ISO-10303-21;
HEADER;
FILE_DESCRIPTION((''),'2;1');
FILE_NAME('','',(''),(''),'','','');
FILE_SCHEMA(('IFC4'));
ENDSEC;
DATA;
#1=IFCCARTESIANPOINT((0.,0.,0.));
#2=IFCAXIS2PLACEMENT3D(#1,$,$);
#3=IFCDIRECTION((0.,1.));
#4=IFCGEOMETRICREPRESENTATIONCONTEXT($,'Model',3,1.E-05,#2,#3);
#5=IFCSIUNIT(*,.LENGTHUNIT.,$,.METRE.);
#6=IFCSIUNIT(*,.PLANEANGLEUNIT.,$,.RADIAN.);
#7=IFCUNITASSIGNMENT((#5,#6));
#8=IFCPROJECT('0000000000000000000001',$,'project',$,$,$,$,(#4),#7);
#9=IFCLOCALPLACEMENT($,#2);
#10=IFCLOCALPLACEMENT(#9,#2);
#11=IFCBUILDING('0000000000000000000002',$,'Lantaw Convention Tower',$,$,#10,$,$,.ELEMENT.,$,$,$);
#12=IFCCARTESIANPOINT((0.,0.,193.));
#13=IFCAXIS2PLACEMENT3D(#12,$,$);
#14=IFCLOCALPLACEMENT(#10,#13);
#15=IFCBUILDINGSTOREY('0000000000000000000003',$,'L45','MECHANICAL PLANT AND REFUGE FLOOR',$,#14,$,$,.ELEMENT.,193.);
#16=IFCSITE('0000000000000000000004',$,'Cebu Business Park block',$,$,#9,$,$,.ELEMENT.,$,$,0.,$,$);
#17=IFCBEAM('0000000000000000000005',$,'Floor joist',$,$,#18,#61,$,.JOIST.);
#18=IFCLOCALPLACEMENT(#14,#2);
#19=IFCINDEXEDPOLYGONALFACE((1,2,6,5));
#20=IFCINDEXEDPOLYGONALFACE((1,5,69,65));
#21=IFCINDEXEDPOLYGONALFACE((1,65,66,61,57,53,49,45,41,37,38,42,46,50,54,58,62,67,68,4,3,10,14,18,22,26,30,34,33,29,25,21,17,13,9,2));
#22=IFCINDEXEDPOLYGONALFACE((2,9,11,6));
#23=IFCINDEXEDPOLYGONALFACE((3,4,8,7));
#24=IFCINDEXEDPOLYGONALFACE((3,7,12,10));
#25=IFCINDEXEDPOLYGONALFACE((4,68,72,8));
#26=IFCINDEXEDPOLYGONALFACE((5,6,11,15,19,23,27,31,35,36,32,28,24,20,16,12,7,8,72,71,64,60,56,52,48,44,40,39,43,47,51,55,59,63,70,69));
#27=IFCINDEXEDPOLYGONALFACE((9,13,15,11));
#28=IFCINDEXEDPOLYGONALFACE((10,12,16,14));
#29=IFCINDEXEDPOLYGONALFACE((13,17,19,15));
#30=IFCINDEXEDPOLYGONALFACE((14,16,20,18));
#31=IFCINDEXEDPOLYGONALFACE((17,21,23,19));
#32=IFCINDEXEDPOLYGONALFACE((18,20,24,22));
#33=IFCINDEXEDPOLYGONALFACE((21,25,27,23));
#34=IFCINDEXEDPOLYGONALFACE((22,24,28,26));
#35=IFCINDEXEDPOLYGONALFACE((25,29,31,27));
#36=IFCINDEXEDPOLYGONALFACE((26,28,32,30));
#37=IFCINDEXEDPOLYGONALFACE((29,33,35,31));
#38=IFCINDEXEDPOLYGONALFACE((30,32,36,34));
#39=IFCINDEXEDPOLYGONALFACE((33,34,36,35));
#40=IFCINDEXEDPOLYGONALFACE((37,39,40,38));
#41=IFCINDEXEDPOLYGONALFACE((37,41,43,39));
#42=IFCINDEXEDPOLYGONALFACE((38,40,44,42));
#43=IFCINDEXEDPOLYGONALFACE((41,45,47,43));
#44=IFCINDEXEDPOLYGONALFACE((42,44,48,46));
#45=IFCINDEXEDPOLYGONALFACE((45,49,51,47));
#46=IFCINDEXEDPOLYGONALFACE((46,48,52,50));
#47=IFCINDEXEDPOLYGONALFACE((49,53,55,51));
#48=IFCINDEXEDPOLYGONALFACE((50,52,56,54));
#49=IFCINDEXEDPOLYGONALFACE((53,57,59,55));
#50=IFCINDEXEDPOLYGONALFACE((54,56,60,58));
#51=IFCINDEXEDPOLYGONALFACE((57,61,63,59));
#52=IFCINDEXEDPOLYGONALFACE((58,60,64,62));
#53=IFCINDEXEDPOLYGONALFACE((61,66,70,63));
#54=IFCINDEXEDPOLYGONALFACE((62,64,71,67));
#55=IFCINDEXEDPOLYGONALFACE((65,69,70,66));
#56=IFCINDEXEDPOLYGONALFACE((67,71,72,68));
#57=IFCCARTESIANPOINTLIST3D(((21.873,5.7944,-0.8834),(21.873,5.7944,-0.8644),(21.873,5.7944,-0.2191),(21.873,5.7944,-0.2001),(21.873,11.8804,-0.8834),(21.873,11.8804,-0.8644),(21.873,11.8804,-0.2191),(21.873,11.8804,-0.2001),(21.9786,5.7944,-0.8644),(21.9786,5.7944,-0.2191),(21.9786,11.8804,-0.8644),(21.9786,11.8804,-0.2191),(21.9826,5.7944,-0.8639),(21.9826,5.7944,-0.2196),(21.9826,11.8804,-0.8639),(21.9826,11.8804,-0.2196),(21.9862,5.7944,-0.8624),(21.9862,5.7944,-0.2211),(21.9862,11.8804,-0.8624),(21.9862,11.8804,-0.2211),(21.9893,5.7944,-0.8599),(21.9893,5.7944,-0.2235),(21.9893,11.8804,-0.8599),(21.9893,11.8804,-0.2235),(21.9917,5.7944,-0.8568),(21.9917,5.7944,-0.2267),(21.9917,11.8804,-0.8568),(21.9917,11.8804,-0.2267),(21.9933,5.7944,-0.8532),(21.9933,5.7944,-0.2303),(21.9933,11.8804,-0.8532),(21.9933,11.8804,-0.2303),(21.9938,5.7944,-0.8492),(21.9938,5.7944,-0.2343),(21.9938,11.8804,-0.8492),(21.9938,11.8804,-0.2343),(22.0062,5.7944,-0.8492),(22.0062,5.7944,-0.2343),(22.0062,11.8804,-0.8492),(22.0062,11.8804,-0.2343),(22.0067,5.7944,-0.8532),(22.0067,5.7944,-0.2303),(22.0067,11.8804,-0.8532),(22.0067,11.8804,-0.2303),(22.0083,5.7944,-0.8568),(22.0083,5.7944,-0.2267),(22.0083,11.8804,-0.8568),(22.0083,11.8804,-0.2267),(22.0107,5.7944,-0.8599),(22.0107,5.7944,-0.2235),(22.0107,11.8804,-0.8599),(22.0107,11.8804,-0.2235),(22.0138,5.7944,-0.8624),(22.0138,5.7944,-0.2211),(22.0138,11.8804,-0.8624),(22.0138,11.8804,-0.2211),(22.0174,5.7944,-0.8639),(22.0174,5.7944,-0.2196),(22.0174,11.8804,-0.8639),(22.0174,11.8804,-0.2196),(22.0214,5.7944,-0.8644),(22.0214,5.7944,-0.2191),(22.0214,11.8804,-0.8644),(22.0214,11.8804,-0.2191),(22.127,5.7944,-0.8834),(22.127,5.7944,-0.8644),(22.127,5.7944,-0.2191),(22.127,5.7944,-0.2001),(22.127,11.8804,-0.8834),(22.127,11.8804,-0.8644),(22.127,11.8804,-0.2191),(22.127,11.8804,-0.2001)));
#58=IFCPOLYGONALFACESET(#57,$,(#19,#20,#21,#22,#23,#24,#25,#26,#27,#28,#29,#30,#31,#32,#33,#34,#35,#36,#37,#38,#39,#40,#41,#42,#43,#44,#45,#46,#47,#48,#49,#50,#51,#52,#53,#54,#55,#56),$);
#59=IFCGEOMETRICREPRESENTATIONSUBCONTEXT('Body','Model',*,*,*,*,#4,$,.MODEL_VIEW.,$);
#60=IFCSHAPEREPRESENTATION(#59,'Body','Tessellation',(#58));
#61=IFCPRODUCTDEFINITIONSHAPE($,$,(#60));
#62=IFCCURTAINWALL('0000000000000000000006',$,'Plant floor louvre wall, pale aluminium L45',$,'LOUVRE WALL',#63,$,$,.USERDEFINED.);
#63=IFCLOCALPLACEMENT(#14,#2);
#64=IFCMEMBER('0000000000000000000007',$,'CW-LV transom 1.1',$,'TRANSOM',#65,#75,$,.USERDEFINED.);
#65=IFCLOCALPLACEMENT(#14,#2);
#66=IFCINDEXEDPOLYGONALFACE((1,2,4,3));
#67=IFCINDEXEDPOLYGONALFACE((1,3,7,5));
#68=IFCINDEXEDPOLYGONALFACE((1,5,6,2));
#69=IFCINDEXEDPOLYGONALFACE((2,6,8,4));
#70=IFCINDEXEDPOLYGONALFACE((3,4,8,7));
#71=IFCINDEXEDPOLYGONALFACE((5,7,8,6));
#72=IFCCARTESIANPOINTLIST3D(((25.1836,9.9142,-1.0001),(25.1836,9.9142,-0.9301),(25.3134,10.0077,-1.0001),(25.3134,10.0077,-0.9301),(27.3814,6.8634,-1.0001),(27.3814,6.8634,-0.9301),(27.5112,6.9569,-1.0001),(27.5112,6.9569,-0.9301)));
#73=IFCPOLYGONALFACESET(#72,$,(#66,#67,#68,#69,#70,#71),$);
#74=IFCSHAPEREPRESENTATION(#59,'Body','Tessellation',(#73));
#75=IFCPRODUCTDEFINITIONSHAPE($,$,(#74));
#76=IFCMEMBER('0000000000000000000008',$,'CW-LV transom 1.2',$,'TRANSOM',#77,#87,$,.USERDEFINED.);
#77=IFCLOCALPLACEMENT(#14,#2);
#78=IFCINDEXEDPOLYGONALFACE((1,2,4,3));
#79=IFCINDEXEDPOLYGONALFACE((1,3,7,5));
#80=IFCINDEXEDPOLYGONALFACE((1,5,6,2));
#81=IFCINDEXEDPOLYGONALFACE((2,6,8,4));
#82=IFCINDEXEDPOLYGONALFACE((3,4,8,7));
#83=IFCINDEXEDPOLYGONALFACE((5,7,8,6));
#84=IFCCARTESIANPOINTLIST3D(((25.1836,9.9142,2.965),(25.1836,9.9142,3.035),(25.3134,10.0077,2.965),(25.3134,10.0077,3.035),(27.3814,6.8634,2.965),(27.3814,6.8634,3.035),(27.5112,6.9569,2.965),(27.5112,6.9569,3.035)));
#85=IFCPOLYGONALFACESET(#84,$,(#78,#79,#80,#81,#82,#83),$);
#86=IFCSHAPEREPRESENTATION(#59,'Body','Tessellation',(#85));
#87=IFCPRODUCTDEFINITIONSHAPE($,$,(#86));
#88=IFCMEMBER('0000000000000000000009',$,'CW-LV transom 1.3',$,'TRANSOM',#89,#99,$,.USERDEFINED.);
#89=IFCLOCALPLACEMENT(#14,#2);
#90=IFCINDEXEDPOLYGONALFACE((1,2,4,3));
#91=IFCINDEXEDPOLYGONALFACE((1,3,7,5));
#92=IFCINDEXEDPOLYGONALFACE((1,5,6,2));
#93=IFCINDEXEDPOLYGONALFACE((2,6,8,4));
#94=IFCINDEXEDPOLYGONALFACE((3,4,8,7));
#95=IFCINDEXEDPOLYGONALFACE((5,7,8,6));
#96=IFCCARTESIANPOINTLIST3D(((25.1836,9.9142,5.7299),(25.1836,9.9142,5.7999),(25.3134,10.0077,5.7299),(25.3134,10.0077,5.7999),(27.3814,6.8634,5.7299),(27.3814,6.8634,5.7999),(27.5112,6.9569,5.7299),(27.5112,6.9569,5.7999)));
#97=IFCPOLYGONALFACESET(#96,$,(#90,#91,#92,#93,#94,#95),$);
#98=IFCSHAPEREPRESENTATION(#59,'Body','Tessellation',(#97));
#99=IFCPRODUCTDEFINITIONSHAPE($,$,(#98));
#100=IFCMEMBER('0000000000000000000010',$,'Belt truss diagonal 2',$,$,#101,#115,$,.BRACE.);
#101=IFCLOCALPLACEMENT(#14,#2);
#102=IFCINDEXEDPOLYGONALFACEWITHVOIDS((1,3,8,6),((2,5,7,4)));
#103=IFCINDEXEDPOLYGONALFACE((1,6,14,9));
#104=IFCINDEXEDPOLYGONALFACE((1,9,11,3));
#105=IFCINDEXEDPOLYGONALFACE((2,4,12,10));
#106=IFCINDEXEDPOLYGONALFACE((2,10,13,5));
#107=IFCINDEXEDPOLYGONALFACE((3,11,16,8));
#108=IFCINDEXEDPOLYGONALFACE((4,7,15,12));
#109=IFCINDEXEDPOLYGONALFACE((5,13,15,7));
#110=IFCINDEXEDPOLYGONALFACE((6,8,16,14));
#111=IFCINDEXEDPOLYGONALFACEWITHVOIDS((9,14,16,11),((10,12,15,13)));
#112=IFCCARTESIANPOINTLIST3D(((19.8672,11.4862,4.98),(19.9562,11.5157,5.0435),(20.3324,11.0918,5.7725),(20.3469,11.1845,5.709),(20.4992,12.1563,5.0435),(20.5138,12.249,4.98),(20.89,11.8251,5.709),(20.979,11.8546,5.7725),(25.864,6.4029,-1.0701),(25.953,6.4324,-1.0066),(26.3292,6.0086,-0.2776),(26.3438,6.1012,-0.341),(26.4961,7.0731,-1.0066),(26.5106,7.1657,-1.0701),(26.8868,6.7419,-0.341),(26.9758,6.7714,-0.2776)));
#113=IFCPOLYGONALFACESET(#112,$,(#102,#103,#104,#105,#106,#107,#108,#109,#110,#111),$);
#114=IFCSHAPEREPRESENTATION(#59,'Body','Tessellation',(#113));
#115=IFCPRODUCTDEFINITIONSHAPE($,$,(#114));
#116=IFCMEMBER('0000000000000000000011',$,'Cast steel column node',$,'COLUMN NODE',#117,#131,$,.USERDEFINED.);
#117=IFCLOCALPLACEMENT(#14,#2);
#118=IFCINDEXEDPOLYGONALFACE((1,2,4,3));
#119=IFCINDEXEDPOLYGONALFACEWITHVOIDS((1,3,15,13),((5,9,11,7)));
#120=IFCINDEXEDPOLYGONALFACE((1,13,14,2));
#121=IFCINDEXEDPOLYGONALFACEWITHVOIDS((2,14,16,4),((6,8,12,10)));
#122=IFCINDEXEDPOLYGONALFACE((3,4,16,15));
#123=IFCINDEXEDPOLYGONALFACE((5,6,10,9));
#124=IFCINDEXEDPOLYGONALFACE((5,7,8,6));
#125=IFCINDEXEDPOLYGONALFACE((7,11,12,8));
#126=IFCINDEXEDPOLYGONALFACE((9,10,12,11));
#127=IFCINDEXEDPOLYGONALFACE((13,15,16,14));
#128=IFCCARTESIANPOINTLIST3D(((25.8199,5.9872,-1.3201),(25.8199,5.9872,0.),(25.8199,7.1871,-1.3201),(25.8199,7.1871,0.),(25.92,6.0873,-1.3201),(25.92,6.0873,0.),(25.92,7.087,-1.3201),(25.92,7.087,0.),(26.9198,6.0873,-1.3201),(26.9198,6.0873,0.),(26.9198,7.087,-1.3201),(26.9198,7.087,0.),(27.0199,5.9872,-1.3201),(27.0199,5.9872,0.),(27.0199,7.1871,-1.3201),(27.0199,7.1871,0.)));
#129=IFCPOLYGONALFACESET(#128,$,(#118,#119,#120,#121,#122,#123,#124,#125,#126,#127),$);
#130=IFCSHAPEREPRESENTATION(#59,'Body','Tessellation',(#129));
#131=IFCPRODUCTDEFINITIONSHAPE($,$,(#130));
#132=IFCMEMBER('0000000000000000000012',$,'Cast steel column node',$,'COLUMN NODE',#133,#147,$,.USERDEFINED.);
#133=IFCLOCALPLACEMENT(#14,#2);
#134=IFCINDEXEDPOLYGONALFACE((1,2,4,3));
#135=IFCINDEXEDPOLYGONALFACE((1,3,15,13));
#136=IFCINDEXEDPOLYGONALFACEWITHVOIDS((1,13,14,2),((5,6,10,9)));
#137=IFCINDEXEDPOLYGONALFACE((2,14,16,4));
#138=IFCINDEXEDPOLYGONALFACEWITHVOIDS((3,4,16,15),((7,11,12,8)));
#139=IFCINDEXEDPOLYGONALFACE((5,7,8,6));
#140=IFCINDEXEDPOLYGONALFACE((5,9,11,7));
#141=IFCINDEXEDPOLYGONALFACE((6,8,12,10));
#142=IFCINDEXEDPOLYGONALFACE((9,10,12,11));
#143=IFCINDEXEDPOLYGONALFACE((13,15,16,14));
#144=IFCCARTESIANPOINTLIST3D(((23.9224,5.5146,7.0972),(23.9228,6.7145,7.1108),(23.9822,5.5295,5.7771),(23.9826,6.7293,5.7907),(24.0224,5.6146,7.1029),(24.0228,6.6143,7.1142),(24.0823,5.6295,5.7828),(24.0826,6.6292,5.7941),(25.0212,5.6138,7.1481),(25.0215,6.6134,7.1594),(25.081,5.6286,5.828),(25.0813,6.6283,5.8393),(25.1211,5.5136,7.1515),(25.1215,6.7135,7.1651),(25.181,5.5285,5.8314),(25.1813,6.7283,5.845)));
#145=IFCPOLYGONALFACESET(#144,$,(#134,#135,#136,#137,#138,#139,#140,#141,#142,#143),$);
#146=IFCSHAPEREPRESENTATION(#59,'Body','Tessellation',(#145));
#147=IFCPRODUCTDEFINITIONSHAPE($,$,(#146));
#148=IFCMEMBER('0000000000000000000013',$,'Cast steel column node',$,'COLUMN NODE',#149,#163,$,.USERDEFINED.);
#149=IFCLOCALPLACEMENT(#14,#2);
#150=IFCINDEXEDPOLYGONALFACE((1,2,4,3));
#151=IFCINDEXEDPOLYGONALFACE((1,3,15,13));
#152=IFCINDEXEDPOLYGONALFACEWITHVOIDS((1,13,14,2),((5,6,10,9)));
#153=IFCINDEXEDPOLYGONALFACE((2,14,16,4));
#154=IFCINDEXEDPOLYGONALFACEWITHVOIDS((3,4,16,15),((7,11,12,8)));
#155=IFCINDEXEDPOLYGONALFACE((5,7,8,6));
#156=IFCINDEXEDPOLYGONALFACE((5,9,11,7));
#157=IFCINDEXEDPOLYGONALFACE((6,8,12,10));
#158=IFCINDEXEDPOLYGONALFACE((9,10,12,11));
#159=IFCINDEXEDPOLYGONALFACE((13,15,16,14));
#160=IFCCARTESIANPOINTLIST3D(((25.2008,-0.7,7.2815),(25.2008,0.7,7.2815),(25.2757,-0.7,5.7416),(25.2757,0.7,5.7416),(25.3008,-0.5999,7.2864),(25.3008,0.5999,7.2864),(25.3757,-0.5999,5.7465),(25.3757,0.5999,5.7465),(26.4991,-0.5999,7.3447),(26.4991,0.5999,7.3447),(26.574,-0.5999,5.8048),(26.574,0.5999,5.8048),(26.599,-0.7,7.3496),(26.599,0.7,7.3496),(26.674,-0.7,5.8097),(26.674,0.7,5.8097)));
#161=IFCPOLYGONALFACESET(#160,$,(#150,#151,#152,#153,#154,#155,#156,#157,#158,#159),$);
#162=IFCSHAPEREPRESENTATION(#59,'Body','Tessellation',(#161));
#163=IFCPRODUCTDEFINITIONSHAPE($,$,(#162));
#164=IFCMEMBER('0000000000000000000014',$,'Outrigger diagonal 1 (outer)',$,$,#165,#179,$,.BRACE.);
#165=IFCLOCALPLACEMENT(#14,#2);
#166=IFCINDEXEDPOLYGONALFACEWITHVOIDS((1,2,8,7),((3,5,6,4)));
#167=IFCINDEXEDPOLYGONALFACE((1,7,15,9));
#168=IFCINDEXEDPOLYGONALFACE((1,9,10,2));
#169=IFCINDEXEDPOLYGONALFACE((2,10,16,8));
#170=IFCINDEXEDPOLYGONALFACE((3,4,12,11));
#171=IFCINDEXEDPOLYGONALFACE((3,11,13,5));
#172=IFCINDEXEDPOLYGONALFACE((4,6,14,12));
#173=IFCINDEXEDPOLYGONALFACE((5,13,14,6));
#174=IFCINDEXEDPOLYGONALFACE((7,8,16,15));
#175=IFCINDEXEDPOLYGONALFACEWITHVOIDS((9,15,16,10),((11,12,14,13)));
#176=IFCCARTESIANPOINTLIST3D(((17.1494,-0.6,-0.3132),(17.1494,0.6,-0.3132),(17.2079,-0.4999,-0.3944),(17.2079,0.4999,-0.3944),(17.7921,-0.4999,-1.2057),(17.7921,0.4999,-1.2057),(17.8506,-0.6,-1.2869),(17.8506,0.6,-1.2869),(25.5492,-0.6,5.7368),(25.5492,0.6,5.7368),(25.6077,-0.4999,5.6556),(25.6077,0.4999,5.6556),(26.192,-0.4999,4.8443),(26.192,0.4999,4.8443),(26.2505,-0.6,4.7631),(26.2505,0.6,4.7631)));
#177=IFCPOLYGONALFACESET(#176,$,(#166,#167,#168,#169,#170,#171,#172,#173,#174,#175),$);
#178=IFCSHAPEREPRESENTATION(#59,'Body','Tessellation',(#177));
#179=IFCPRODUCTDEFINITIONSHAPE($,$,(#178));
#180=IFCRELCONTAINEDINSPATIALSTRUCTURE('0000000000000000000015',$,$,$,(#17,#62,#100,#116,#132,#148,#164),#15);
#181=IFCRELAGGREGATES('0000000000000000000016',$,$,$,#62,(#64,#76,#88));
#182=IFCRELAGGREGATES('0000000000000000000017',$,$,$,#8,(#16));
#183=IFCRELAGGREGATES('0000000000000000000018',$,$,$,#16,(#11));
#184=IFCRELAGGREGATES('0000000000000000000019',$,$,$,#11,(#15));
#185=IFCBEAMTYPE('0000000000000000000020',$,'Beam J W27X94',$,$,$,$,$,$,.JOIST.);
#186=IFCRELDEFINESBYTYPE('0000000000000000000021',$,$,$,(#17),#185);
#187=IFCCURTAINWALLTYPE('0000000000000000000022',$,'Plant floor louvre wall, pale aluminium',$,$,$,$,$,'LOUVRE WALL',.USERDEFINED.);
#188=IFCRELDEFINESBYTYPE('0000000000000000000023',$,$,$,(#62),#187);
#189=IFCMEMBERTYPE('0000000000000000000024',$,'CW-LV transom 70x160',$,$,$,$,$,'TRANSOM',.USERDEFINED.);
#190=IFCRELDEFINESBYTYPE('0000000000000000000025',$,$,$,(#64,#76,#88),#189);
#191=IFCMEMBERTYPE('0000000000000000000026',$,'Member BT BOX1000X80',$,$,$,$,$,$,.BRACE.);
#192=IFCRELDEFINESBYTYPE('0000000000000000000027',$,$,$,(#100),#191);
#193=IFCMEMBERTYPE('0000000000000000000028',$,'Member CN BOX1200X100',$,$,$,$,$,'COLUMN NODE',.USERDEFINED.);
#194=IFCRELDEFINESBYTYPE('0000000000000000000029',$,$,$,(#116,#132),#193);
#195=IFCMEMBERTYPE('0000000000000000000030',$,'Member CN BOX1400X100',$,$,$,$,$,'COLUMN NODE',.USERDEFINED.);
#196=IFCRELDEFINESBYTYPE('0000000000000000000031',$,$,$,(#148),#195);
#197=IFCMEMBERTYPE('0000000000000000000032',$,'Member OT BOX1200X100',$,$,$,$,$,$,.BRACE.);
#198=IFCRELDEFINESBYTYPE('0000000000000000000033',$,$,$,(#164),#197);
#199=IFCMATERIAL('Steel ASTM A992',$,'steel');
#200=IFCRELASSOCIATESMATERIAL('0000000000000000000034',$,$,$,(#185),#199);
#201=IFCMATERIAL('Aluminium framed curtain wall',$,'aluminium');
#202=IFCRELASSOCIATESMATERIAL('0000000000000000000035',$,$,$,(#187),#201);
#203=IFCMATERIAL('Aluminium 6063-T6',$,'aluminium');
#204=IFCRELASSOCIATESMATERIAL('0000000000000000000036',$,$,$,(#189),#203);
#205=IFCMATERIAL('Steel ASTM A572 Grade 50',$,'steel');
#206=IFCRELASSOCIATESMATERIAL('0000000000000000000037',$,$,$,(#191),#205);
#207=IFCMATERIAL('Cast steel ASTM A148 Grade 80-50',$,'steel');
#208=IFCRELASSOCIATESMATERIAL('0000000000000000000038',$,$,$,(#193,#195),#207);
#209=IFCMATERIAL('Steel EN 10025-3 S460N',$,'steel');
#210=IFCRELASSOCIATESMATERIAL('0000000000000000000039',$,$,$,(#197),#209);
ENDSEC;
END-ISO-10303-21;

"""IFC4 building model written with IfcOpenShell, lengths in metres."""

from ifc_helpers import new_model, si_unit, direction, frame, origin, origin_2d, place, context, subcontext, project, spatial, rectangle, hollow_rectangle, i_section, extrude, material, material_profile, profile_set, type_object, element, aggregate, save


model = new_model("IFC4")

# Units and contexts
model_context = context("Model", 3, precision=1e-05, world=origin(), true_north=direction((0.0, 1.0)))
body_context = subcontext(model_context, "Body", "Model", "MODEL_VIEW")
ifc_project = project(units=[si_unit("LENGTHUNIT", "METRE"), si_unit("PLANEANGLEUNIT", "RADIAN")], contexts=[model_context])

# Site, building, storey
site_placement = place(None, origin())
site = spatial("IfcSite", under=ifc_project, at=site_placement, Name="Cebu Business Park block", CompositionType="ELEMENT", RefElevation=0.0)
building_placement = place(site_placement, origin())
building = spatial("IfcBuilding", under=site, at=building_placement, Name="Lantaw Convention Tower", CompositionType="ELEMENT")
storey_placement = place(building_placement, frame((0.0, 0.0, 193.0)))
storey = spatial("IfcBuildingStorey", under=building, at=storey_placement, Name="L45", Description="MECHANICAL PLANT AND REFUGE FLOOR", CompositionType="ELEMENT", Elevation=193.0)

# Shared definitions
ifc_material_1 = material(Name="Steel EN 10025-3 S460N", Category="steel")

# Beam
ifc_material_2 = material(Name="Steel ASTM A992", Category="steel")
ifc_material_profile_1 = material_profile(ifc_material_2, i_section(OverallWidth=0.2539, OverallDepth=0.6833, WebThickness=0.0125, FlangeThickness=0.019, FilletRadius=0.0151, at=origin_2d()), Name="W27X94")
ifc_profile_set_1 = profile_set([ifc_material_profile_1], Name="Steel ASTM A992")
beam_type_1 = type_object("IfcBeamType", Name="Beam J W27X94", PredefinedType="JOIST", material=ifc_profile_set_1)
beam_1_placement = place(storey_placement, frame((22.0, 5.7944, -0.5417), z_axis=(0.0, 1.0, 0.0), x_axis=(-1.0, 0.0, 0.0)))
element("IfcBeam", 1, at=beam_1_placement, inside=storey, type_object=beam_type_1, Name="Floor joist", PredefinedType="JOIST", context=body_context, shape_type="SweptSolid", body=[
    extrude(i_section(OverallWidth=0.2539, OverallDepth=0.6833, WebThickness=0.0125, FlangeThickness=0.019, FilletRadius=0.0151, at=origin_2d()), origin(), (0.0, 0.0, 1.0), 6.0859),
])

# Curtain wall, members
ifc_material_3 = material(Name="Aluminium framed curtain wall", Category="aluminium")
curtain_wall_type = type_object("IfcCurtainWallType", Name="Plant floor louvre wall, pale aluminium", ElementType="LOUVRE WALL", PredefinedType="USERDEFINED", material=ifc_material_3)
curtain_wall_placement = place(storey_placement, origin())
curtain_wall = element("IfcCurtainWall", 2, at=curtain_wall_placement, inside=storey, type_object=curtain_wall_type, Name="Plant floor louvre wall, pale aluminium L45", ObjectType="LOUVRE WALL", PredefinedType="USERDEFINED")
ifc_material_4 = material(Name="Aluminium 6063-T6", Category="aluminium")
ifc_material_profile_2 = material_profile(ifc_material_4, rectangle(XDim=0.1599, YDim=0.0701, at=origin_2d()), Name="CW-LV transom 70x160")
ifc_profile_set_2 = profile_set([ifc_material_profile_2], Name="Aluminium 6063-T6")
member_type_1 = type_object("IfcMemberType", Name="CW-LV transom 70x160", ElementType="TRANSOM", PredefinedType="USERDEFINED", material=ifc_profile_set_2)
member_1_placement = place(storey_placement, frame((27.4463, 6.9102, -0.9651), z_axis=(-0.584513, 0.811384, 0.0), x_axis=(-0.811384, -0.584513, 0.0)))
member_1 = element("IfcMember", 3, at=member_1_placement, type_object=member_type_1, Name="CW-LV transom 1.1", ObjectType="TRANSOM", PredefinedType="USERDEFINED", context=body_context, shape_type="SweptSolid", body=[
    extrude(rectangle(XDim=0.1599, YDim=0.0701, at=origin_2d()), origin(), (0.0, 0.0, 1.0), 3.76),
])
member_2_placement = place(storey_placement, frame((27.4463, 6.9102, 3.0), z_axis=(-0.584513, 0.811384, 0.0), x_axis=(-0.811384, -0.584513, 0.0)))
member_2 = element("IfcMember", 4, at=member_2_placement, type_object=member_type_1, Name="CW-LV transom 1.2", ObjectType="TRANSOM", PredefinedType="USERDEFINED", context=body_context, shape_type="SweptSolid", body=[
    extrude(rectangle(XDim=0.1599, YDim=0.0701, at=origin_2d()), origin(), (0.0, 0.0, 1.0), 3.76),
])
member_3_placement = place(storey_placement, frame((27.4463, 6.9102, 5.7649), z_axis=(-0.584513, 0.811384, 0.0), x_axis=(-0.811384, -0.584513, 0.0)))
member_3 = element("IfcMember", 5, at=member_3_placement, type_object=member_type_1, Name="CW-LV transom 1.3", ObjectType="TRANSOM", PredefinedType="USERDEFINED", context=body_context, shape_type="SweptSolid", body=[
    extrude(rectangle(XDim=0.1599, YDim=0.0701, at=origin_2d()), origin(), (0.0, 0.0, 1.0), 3.76),
])

# Members
ifc_material_5 = material(Name="Steel ASTM A572 Grade 50", Category="steel")
ifc_material_profile_3 = material_profile(ifc_material_5, hollow_rectangle(XDim=1.0, YDim=1.0, WallThickness=0.0801, at=origin_2d()), Name="BOX1000X80")
ifc_profile_set_3 = profile_set([ifc_material_profile_3], Name="Steel ASTM A572 Grade 50")
member_type_2 = type_object("IfcMemberType", Name="Member BT BOX1000X80", PredefinedType="BRACE", material=ifc_profile_set_3)
member_4_placement = place(storey_placement, frame((26.4199, 6.5872, -0.6738), z_axis=(-0.604525, 0.51243, 0.60989), x_axis=(-0.64661, -0.762821, 0.0)))
element("IfcMember", 6, at=member_4_placement, inside=storey, type_object=member_type_2, Name="Belt truss diagonal 2", PredefinedType="BRACE", context=body_context, shape_type="SweptSolid", body=[
    extrude(hollow_rectangle(XDim=1.0, YDim=1.0, WallThickness=0.0801, at=origin_2d()), origin(), (0.0, 0.0, 1.0), 9.9199),
])
ifc_material_6 = material(Name="Cast steel ASTM A148 Grade 80-50", Category="steel")
ifc_material_profile_4 = material_profile(ifc_material_6, hollow_rectangle(XDim=1.2, YDim=1.2, WallThickness=0.1001, at=origin_2d()), Name="BOX1200X100")
ifc_profile_set_4 = profile_set([ifc_material_profile_4], Name="Cast steel ASTM A148 Grade 80-50")
member_type_3 = type_object("IfcMemberType", Name="Member CN BOX1200X100", ElementType="COLUMN NODE", PredefinedType="USERDEFINED", material=ifc_profile_set_4)
member_5_placement = place(storey_placement, frame((26.4199, 6.5872, -1.3201), z_axis=(0.0, 0.0, 1.0), x_axis=(1.0, 0.0, 0.0)))
element("IfcMember", 7, at=member_5_placement, inside=storey, type_object=member_type_3, Name="Cast steel column node", ObjectType="COLUMN NODE", PredefinedType="USERDEFINED", context=body_context, shape_type="SweptSolid", body=[
    extrude(hollow_rectangle(XDim=1.2, YDim=1.2, WallThickness=0.1001, at=origin_2d()), origin(), (0.0, 0.0, 1.0), 1.3201),
])
member_6_placement = place(storey_placement, frame((24.5818, 6.1289, 5.811), z_axis=(-0.045262, -0.011269, 0.998912), x_axis=(0.998975, -0.000833, 0.045256)))
element("IfcMember", 8, at=member_6_placement, inside=storey, type_object=member_type_3, Name="Cast steel column node", ObjectType="COLUMN NODE", PredefinedType="USERDEFINED", context=body_context, shape_type="SweptSolid", body=[
    extrude(hollow_rectangle(XDim=1.2, YDim=1.2, WallThickness=0.1001, at=origin_2d()), origin(), (0.0, 0.0, 1.0), 1.3215),
])
ifc_material_profile_5 = material_profile(ifc_material_6, hollow_rectangle(XDim=1.3999, YDim=1.3999, WallThickness=0.1001, at=origin_2d()), Name="BOX1400X100")
ifc_profile_set_5 = profile_set([ifc_material_profile_5], Name="Cast steel ASTM A148 Grade 80-50")
member_type_4 = type_object("IfcMemberType", Name="Member CN BOX1400X100", ElementType="COLUMN NODE", PredefinedType="USERDEFINED", material=ifc_profile_set_5)
member_7_placement = place(storey_placement, frame((25.9749, 0.0, 5.7756), z_axis=(-0.048611, 0.0, 0.998818), x_axis=(0.998818, 0.0, 0.048611)))
element("IfcMember", 9, at=member_7_placement, inside=storey, type_object=member_type_4, Name="Cast steel column node", ObjectType="COLUMN NODE", PredefinedType="USERDEFINED", context=body_context, shape_type="SweptSolid", body=[
    extrude(hollow_rectangle(XDim=1.3999, YDim=1.3999, WallThickness=0.1001, at=origin_2d()), origin(), (0.0, 0.0, 1.0), 1.5417),
])
ifc_material_profile_6 = material_profile(ifc_material_1, hollow_rectangle(XDim=1.2, YDim=1.2, WallThickness=0.1001, at=origin_2d()), Name="BOX1200X100")
ifc_profile_set_6 = profile_set([ifc_material_profile_6], Name="Steel EN 10025-3 S460N")
member_type_5 = type_object("IfcMemberType", Name="Member OT BOX1200X100", PredefinedType="BRACE", material=ifc_profile_set_6)
member_8_placement = place(storey_placement, frame((17.5, 0.0, -0.8), z_axis=(0.811437, 0.0, 0.58444), x_axis=(0.0, 1.0, 0.0)))
element("IfcMember", 10, at=member_8_placement, inside=storey, type_object=member_type_5, Name="Outrigger diagonal 1 (outer)", PredefinedType="BRACE", context=body_context, shape_type="SweptSolid", body=[
    extrude(hollow_rectangle(XDim=1.2, YDim=1.2, WallThickness=0.1001, at=origin_2d()), origin(), (0.0, 0.0, 1.0), 10.3518),
])

aggregate(curtain_wall, [member_1, member_2, member_3])

save(model, "model.ifc")
